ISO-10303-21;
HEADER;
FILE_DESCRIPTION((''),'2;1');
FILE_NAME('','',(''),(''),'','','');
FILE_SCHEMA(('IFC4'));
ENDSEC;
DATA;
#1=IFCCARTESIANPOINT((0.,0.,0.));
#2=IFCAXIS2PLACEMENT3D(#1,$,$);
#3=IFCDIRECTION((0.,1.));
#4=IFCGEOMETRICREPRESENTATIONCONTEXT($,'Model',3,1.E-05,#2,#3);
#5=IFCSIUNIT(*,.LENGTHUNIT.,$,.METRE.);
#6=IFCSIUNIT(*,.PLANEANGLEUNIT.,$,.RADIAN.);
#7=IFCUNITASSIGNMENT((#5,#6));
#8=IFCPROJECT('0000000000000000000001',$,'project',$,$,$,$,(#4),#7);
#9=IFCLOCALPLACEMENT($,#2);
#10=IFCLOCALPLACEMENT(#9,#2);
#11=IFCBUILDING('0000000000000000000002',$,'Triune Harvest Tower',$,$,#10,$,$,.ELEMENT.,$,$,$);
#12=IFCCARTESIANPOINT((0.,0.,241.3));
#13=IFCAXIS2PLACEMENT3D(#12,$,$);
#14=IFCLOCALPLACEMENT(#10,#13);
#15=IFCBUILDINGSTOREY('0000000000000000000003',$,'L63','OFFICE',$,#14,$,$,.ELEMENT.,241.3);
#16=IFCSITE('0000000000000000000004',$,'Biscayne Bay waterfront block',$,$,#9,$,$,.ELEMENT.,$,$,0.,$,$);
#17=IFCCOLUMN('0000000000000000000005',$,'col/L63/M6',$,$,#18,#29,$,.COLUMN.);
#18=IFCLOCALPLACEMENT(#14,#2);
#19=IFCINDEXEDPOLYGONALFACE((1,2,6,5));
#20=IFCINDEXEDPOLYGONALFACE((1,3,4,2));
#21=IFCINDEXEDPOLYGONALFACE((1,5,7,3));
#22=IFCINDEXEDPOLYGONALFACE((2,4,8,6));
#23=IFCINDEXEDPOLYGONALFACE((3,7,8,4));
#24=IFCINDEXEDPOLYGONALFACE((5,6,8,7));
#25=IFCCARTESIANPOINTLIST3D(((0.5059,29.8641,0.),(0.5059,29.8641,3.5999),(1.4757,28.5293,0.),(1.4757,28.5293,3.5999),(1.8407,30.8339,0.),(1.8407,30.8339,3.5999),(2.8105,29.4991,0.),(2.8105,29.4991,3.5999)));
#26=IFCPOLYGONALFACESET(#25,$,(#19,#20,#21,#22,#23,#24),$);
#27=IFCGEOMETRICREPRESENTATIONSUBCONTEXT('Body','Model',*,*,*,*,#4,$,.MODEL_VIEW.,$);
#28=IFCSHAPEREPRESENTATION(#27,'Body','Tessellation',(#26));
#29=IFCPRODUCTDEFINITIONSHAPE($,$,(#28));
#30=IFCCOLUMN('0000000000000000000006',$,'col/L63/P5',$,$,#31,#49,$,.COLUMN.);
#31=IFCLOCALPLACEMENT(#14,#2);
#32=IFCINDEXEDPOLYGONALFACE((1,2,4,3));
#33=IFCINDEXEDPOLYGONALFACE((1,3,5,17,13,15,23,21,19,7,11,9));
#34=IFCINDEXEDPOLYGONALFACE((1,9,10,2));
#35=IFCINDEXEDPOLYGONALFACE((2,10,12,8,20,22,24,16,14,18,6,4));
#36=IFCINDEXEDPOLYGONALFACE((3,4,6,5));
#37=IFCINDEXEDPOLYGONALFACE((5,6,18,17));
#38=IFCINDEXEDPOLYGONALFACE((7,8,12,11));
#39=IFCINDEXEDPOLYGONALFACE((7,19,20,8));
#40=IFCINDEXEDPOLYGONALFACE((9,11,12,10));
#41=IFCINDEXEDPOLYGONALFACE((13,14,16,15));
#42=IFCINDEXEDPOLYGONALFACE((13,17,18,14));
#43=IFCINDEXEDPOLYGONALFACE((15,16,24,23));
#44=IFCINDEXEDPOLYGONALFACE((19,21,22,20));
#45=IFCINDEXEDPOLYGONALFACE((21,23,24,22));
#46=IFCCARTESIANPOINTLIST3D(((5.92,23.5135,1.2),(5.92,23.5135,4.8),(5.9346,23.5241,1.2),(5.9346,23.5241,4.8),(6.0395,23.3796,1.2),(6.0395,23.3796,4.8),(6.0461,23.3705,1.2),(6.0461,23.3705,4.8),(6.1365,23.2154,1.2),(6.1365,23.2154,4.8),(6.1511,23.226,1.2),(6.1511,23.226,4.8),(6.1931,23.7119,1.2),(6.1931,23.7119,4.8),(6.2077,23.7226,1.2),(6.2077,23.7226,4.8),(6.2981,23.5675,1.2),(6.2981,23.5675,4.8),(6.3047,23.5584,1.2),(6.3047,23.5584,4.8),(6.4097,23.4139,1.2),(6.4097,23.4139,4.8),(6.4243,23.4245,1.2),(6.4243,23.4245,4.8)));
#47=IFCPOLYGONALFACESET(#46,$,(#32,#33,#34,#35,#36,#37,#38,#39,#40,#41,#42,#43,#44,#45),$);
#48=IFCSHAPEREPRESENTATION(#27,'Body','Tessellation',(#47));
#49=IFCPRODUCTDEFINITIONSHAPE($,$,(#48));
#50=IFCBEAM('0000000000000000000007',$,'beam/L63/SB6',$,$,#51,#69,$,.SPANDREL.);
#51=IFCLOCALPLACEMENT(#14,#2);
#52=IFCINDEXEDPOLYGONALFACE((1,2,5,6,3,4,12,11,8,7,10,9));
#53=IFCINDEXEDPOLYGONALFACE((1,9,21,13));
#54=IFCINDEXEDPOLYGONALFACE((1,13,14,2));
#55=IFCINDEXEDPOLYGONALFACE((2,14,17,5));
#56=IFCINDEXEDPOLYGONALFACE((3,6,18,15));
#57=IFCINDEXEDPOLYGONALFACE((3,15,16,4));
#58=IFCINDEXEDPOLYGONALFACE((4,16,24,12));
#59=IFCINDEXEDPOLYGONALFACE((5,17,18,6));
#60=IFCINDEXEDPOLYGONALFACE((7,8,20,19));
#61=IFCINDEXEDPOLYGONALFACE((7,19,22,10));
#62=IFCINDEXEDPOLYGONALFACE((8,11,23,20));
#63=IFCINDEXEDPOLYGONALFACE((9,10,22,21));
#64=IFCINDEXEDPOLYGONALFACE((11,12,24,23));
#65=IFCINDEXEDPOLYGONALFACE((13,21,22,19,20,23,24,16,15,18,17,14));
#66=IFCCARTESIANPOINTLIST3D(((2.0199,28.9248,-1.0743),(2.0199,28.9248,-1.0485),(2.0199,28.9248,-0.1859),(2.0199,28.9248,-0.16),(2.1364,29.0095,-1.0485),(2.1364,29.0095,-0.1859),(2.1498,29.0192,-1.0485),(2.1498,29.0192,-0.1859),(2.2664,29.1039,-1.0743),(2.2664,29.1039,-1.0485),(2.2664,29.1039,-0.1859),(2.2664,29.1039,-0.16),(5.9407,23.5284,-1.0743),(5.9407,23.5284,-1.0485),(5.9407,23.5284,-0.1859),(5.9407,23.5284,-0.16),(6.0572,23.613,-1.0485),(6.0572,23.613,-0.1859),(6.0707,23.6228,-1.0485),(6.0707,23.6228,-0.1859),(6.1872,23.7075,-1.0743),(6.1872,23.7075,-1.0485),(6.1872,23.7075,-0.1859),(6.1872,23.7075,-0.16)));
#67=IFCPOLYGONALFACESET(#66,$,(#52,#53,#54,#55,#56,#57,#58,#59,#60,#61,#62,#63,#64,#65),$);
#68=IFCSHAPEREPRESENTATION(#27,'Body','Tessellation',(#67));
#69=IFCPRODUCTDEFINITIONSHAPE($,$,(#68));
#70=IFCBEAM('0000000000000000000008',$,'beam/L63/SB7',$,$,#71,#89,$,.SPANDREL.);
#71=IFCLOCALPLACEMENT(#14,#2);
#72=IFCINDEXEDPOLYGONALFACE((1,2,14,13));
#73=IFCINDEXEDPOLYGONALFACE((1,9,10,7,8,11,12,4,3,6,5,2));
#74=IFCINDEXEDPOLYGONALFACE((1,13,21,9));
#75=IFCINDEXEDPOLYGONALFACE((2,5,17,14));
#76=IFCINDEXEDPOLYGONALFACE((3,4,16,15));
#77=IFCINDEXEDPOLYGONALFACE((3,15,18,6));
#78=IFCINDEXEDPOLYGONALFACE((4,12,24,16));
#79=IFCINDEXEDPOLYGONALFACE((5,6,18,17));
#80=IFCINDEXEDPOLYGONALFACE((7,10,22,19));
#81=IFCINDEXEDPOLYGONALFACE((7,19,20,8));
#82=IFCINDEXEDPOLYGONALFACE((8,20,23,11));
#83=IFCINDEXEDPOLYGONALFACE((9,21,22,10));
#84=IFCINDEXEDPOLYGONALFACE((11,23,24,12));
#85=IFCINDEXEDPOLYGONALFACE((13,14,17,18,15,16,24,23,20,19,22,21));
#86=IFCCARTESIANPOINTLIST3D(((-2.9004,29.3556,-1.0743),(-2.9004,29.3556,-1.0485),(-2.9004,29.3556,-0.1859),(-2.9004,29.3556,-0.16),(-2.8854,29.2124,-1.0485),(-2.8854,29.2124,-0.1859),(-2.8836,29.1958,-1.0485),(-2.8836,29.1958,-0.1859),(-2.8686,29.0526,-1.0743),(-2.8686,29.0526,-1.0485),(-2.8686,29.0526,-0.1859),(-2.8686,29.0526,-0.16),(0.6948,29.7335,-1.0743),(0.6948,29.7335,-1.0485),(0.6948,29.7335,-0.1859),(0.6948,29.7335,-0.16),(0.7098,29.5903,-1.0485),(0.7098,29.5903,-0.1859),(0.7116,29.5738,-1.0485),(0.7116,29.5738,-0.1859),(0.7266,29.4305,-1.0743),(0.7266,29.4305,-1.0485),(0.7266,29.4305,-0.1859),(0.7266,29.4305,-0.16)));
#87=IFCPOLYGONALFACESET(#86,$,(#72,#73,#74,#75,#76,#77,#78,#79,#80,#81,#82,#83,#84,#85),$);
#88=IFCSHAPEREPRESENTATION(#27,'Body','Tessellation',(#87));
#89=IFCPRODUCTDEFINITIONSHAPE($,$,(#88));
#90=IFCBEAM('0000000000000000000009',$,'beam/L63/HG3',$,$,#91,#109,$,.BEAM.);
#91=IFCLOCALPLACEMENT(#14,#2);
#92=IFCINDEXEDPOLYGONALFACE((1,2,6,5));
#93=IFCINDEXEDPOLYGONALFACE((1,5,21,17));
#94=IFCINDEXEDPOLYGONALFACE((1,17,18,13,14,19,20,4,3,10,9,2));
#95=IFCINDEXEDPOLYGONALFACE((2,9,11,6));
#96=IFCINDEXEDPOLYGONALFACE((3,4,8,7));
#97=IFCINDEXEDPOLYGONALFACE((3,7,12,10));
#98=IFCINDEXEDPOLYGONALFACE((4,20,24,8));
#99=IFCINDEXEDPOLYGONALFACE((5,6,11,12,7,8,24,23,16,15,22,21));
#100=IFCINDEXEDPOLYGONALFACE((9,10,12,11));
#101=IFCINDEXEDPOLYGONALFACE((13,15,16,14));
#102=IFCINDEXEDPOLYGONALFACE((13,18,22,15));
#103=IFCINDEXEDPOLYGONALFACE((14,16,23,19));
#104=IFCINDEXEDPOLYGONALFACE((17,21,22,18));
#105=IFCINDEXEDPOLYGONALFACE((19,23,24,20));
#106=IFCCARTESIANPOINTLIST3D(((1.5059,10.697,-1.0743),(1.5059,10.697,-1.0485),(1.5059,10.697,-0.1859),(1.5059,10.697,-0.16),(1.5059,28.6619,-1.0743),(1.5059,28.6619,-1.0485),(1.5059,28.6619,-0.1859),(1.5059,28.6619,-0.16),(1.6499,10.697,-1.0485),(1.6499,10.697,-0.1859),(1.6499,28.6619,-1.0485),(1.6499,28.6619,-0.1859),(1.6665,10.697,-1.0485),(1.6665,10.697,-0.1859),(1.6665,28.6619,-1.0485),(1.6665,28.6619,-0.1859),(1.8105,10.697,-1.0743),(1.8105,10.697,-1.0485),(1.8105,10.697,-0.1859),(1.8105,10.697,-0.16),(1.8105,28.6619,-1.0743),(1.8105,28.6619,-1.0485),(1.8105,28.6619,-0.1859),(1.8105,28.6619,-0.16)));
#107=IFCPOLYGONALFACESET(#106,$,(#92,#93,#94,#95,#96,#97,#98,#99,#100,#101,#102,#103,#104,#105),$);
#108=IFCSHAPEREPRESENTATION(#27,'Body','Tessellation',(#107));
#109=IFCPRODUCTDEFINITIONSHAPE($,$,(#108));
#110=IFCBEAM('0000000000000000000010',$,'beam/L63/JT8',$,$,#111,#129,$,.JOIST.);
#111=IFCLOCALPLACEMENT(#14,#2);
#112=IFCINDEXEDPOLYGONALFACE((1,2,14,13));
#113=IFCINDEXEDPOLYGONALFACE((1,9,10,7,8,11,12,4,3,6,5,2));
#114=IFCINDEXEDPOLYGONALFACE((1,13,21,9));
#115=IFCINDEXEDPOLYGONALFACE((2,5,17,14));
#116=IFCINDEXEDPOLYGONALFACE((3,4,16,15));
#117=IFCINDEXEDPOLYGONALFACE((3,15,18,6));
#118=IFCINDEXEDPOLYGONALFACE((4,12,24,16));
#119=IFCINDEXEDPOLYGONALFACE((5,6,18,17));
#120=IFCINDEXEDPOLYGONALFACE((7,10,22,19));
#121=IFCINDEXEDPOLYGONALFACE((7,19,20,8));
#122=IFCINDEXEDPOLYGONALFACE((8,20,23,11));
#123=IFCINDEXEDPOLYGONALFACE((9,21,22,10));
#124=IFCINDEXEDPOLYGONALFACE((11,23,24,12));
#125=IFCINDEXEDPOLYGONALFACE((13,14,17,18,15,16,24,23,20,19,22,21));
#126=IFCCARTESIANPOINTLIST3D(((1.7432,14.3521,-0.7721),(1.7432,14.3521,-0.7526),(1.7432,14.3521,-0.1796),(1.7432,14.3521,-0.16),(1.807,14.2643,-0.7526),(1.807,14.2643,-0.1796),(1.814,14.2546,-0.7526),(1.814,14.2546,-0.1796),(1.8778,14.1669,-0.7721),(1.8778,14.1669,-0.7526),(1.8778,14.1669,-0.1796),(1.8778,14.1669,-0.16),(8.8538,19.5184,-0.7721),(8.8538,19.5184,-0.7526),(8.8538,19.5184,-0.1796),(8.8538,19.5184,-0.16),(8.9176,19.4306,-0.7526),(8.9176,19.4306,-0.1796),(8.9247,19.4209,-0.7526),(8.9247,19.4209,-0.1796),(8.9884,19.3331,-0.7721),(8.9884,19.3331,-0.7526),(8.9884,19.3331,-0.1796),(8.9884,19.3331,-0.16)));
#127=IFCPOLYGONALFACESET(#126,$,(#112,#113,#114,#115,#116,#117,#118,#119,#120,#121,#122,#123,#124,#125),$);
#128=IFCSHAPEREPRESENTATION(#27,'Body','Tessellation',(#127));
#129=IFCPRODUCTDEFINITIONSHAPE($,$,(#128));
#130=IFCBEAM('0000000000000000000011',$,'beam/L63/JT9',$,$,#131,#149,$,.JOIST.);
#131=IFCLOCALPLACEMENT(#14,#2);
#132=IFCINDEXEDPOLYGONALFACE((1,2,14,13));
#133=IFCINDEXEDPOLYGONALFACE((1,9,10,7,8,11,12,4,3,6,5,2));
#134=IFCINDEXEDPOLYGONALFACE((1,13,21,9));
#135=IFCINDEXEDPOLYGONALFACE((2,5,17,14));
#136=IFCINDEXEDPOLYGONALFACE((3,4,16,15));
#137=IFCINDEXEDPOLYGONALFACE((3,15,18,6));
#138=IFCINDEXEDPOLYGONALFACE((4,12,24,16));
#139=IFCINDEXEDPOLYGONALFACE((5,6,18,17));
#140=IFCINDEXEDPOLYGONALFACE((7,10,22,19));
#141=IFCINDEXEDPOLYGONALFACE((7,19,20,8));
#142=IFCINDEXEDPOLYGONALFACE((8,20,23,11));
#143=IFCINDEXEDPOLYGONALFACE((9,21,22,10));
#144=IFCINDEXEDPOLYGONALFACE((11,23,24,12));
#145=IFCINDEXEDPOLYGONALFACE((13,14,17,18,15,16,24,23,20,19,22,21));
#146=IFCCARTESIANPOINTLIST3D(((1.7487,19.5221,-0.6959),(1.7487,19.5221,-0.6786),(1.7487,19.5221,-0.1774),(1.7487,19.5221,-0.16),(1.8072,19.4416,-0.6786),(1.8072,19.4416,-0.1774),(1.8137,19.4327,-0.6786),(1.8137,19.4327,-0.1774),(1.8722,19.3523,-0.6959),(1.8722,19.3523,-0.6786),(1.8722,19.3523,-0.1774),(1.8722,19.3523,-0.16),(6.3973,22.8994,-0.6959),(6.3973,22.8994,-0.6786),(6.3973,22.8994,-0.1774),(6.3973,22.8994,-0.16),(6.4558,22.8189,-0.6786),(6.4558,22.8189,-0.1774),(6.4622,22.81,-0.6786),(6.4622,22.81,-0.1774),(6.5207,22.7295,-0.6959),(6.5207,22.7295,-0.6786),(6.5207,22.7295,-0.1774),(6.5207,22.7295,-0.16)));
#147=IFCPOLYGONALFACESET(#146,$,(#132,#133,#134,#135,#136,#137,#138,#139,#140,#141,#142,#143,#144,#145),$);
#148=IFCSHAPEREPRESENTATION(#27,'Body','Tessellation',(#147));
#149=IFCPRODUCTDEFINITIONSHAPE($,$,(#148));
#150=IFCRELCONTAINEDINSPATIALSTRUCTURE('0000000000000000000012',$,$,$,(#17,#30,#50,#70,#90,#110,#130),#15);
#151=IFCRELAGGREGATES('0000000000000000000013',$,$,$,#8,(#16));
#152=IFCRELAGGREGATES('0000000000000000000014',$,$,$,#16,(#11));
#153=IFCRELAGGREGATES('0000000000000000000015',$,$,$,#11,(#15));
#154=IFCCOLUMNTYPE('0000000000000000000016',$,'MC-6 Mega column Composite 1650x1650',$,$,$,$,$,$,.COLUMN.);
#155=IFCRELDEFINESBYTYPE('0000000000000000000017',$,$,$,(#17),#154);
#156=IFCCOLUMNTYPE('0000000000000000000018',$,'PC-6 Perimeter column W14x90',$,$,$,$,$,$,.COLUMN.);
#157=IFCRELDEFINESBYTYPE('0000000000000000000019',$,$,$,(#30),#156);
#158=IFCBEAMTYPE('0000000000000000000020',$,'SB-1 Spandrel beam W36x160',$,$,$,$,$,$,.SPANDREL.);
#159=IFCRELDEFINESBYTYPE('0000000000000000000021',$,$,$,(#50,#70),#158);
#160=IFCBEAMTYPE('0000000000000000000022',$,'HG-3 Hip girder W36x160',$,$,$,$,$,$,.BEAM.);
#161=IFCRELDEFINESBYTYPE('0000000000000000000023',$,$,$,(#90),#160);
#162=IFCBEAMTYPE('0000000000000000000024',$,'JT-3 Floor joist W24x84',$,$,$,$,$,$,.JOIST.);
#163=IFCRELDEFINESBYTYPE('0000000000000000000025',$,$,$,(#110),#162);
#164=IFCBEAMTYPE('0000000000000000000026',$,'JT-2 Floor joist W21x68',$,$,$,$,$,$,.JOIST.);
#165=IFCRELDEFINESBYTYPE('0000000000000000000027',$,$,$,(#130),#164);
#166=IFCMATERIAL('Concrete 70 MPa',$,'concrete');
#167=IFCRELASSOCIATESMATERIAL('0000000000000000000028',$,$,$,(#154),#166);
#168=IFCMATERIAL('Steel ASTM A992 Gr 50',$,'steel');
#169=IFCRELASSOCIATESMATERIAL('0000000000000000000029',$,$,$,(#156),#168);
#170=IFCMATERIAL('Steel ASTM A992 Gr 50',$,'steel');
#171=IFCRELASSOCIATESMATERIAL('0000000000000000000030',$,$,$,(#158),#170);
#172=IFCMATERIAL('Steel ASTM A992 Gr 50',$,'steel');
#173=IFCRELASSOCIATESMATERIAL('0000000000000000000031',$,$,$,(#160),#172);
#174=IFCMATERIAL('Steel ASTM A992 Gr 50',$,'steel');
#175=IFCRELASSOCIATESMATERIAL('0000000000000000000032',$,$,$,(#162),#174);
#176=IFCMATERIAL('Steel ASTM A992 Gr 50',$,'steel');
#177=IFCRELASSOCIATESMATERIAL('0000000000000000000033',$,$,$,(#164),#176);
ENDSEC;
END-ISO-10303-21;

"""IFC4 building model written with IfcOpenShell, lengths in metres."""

from ifc_helpers import new_model, si_unit, direction, frame, origin, origin_2d, place, context, subcontext, project, spatial, rectangle, i_section, extrude, source, transform, mapped, material, material_profile, profile_set, type_object, element, save


model = new_model("IFC4")

# Units and contexts
model_context = context("Model", 3, precision=1e-05, world=origin(), true_north=direction((0.0, 1.0)))
body_context = subcontext(model_context, "Body", "Model", "MODEL_VIEW")
ifc_project = project(units=[si_unit("LENGTHUNIT", "METRE"), si_unit("PLANEANGLEUNIT", "RADIAN")], contexts=[model_context])

# Site, building, storey
site_placement = place(None, origin())
site = spatial("IfcSite", under=ifc_project, at=site_placement, Name="Biscayne Bay waterfront block", CompositionType="ELEMENT", RefElevation=0.0)
building_placement = place(site_placement, origin())
building = spatial("IfcBuilding", under=site, at=building_placement, Name="Triune Harvest Tower", CompositionType="ELEMENT")
storey_placement = place(building_placement, frame((0.0, 0.0, 241.3)))
storey = spatial("IfcBuildingStorey", under=building, at=storey_placement, Name="L63", Description="OFFICE", CompositionType="ELEMENT", Elevation=241.3)

# Columns
ifc_material_1 = material(Name="Concrete 70 MPa", Category="concrete")
ifc_material_profile_1 = material_profile(ifc_material_1, rectangle(XDim=1.6499, YDim=1.6499, at=origin_2d()), Name="Composite 1650x1650")
ifc_profile_set_1 = profile_set([ifc_material_profile_1], Name="Concrete 70 MPa")
column_type_1 = type_object("IfcColumnType", Name="MC-6 Mega column Composite 1650x1650", PredefinedType="COLUMN", material=ifc_profile_set_1)
shared_shape_1 = source(origin(), body_context, "Body", "SweptSolid", [
    extrude(rectangle(XDim=1.6499, YDim=1.6499, at=origin_2d()), origin(), (0.0, 0.0, 1.0), 3.5999),
])
column_1_placement = place(storey_placement, frame((1.6582, 29.6816, 0.0), z_axis=(0.0, 0.0, 1.0), x_axis=(-0.587785, 0.809017, 0.0)))
element("IfcColumn", 1, at=column_1_placement, inside=storey, type_object=column_type_1, Name="col/L63/M6", PredefinedType="COLUMN", context=body_context, shape_type="MappedRepresentation", body=[
    mapped(shared_shape_1, transform((0.0, 0.0, 0.0), scale=1.0)),
])
ifc_material_2 = material(Name="Steel ASTM A992 Gr 50", Category="steel")
ifc_material_profile_2 = material_profile(ifc_material_2, i_section(OverallWidth=0.3684, OverallDepth=0.3557, WebThickness=0.0112, FlangeThickness=0.0181, at=origin_2d()), Name="W14x90")
ifc_profile_set_2 = profile_set([ifc_material_profile_2], Name="Steel ASTM A992 Gr 50")
column_type_2 = type_object("IfcColumnType", Name="PC-6 Perimeter column W14x90", PredefinedType="COLUMN", material=ifc_profile_set_2)
shared_shape_2 = source(origin(), body_context, "Body", "SweptSolid", [
    extrude(i_section(OverallWidth=0.3684, OverallDepth=0.3557, WebThickness=0.0112, FlangeThickness=0.0181, at=origin_2d()), origin(), (0.0, 0.0, 1.0), 3.6001),
])
column_2_placement = place(storey_placement, frame((6.1721, 23.469, 1.2), z_axis=(0.0, 0.0, 1.0), x_axis=(-0.587785, 0.809017, 0.0)))
element("IfcColumn", 2, at=column_2_placement, inside=storey, type_object=column_type_2, Name="col/L63/P5", PredefinedType="COLUMN", context=body_context, shape_type="MappedRepresentation", body=[
    mapped(shared_shape_2, transform((0.0, 0.0, 0.0), scale=1.0)),
])

# Beams
ifc_material_3 = material(Name="Steel ASTM A992 Gr 50", Category="steel")
ifc_material_profile_3 = material_profile(ifc_material_3, i_section(OverallWidth=0.3047, OverallDepth=0.9143, WebThickness=0.0166, FlangeThickness=0.0259, at=origin_2d()), Name="W36x160")
ifc_profile_set_3 = profile_set([ifc_material_profile_3], Name="Steel ASTM A992 Gr 50")
beam_type_1 = type_object("IfcBeamType", Name="SB-1 Spandrel beam W36x160", PredefinedType="SPANDREL", material=ifc_profile_set_3)
shared_shape_3 = source(origin(), body_context, "Body", "SweptSolid", [
    extrude(i_section(OverallWidth=0.3047, OverallDepth=0.9143, WebThickness=0.0166, FlangeThickness=0.0259, at=origin_2d()), origin(), (0.0, 0.0, 1.0), 6.6704),
])
beam_1_placement = place(storey_placement, frame((6.064, 23.6179, -0.6172), z_axis=(-0.587797, 0.809008, 0.0), x_axis=(-0.809008, -0.587797, 0.0)))
element("IfcBeam", 3, at=beam_1_placement, inside=storey, type_object=beam_type_1, Name="beam/L63/SB6", PredefinedType="SPANDREL", context=body_context, shape_type="MappedRepresentation", body=[
    mapped(shared_shape_3, transform((0.0, 0.0, 0.0), scale=1.0)),
])
shared_shape_4 = source(origin(), body_context, "Body", "SweptSolid", [
    extrude(i_section(OverallWidth=0.3047, OverallDepth=0.9143, WebThickness=0.0166, FlangeThickness=0.0259, at=origin_2d()), origin(), (0.0, 0.0, 1.0), 3.615),
])
beam_2_placement = place(storey_placement, frame((0.7107, 29.582, -0.6172), z_axis=(-0.99452, -0.104544, 0.0), x_axis=(0.104544, -0.99452, 0.0)))
element("IfcBeam", 4, at=beam_2_placement, inside=storey, type_object=beam_type_1, Name="beam/L63/SB7", PredefinedType="SPANDREL", context=body_context, shape_type="MappedRepresentation", body=[
    mapped(shared_shape_4, transform((0.0, 0.0, 0.0), scale=1.0)),
])
ifc_material_4 = material(Name="Steel ASTM A992 Gr 50", Category="steel")
ifc_material_profile_4 = material_profile(ifc_material_4, i_section(OverallWidth=0.3047, OverallDepth=0.9143, WebThickness=0.0166, FlangeThickness=0.0259, at=origin_2d()), Name="W36x160")
ifc_profile_set_4 = profile_set([ifc_material_profile_4], Name="Steel ASTM A992 Gr 50")
beam_type_2 = type_object("IfcBeamType", Name="HG-3 Hip girder W36x160", PredefinedType="BEAM", material=ifc_profile_set_4)
shared_shape_5 = source(origin(), body_context, "Body", "SweptSolid", [
    extrude(i_section(OverallWidth=0.3047, OverallDepth=0.9143, WebThickness=0.0166, FlangeThickness=0.0259, at=origin_2d()), origin(), (0.0, 0.0, 1.0), 17.9648),
])
beam_3_placement = place(storey_placement, frame((1.6582, 28.6619, -0.6172), z_axis=(0.0, -1.0, 0.0), x_axis=(1.0, 0.0, 0.0)))
element("IfcBeam", 5, at=beam_3_placement, inside=storey, type_object=beam_type_2, Name="beam/L63/HG3", PredefinedType="BEAM", context=body_context, shape_type="MappedRepresentation", body=[
    mapped(shared_shape_5, transform((0.0, 0.0, 0.0), scale=1.0)),
])
ifc_material_5 = material(Name="Steel ASTM A992 Gr 50", Category="steel")
ifc_material_profile_5 = material_profile(ifc_material_5, i_section(OverallWidth=0.229, OverallDepth=0.6121, WebThickness=0.012, FlangeThickness=0.0195, at=origin_2d()), Name="W24x84")
ifc_profile_set_5 = profile_set([ifc_material_profile_5], Name="Steel ASTM A992 Gr 50")
beam_type_3 = type_object("IfcBeamType", Name="JT-3 Floor joist W24x84", PredefinedType="JOIST", material=ifc_profile_set_5)
shared_shape_6 = source(origin(), body_context, "Body", "SweptSolid", [
    extrude(i_section(OverallWidth=0.229, OverallDepth=0.6121, WebThickness=0.012, FlangeThickness=0.0195, at=origin_2d()), origin(), (0.0, 0.0, 1.0), 8.7893),
])
beam_4_placement = place(storey_placement, frame((8.9211, 19.4258, -0.4661), z_axis=(-0.809011, -0.587793, 0.0), x_axis=(0.587793, -0.809011, 0.0)))
element("IfcBeam", 6, at=beam_4_placement, inside=storey, type_object=beam_type_3, Name="beam/L63/JT8", PredefinedType="JOIST", context=body_context, shape_type="MappedRepresentation", body=[
    mapped(shared_shape_6, transform((0.0, 0.0, 0.0), scale=1.0)),
])
ifc_material_6 = material(Name="Steel ASTM A992 Gr 50", Category="steel")
ifc_material_profile_6 = material_profile(ifc_material_6, i_section(OverallWidth=0.21, OverallDepth=0.5359, WebThickness=0.011, FlangeThickness=0.0173, at=origin_2d()), Name="W21x68")
ifc_profile_set_6 = profile_set([ifc_material_profile_6], Name="Steel ASTM A992 Gr 50")
beam_type_4 = type_object("IfcBeamType", Name="JT-2 Floor joist W21x68", PredefinedType="JOIST", material=ifc_profile_set_6)
shared_shape_7 = source(origin(), body_context, "Body", "SweptSolid", [
    extrude(i_section(OverallWidth=0.21, OverallDepth=0.5359, WebThickness=0.011, FlangeThickness=0.0173, at=origin_2d()), origin(), (0.0, 0.0, 1.0), 5.7458),
])
beam_5_placement = place(storey_placement, frame((6.459, 22.8145, -0.428), z_axis=(-0.809024, -0.587775, 0.0), x_axis=(0.587775, -0.809024, 0.0)))
element("IfcBeam", 7, at=beam_5_placement, inside=storey, type_object=beam_type_4, Name="beam/L63/JT9", PredefinedType="JOIST", context=body_context, shape_type="MappedRepresentation", body=[
    mapped(shared_shape_7, transform((0.0, 0.0, 0.0), scale=1.0)),
])

save(model, "model.ifc")
